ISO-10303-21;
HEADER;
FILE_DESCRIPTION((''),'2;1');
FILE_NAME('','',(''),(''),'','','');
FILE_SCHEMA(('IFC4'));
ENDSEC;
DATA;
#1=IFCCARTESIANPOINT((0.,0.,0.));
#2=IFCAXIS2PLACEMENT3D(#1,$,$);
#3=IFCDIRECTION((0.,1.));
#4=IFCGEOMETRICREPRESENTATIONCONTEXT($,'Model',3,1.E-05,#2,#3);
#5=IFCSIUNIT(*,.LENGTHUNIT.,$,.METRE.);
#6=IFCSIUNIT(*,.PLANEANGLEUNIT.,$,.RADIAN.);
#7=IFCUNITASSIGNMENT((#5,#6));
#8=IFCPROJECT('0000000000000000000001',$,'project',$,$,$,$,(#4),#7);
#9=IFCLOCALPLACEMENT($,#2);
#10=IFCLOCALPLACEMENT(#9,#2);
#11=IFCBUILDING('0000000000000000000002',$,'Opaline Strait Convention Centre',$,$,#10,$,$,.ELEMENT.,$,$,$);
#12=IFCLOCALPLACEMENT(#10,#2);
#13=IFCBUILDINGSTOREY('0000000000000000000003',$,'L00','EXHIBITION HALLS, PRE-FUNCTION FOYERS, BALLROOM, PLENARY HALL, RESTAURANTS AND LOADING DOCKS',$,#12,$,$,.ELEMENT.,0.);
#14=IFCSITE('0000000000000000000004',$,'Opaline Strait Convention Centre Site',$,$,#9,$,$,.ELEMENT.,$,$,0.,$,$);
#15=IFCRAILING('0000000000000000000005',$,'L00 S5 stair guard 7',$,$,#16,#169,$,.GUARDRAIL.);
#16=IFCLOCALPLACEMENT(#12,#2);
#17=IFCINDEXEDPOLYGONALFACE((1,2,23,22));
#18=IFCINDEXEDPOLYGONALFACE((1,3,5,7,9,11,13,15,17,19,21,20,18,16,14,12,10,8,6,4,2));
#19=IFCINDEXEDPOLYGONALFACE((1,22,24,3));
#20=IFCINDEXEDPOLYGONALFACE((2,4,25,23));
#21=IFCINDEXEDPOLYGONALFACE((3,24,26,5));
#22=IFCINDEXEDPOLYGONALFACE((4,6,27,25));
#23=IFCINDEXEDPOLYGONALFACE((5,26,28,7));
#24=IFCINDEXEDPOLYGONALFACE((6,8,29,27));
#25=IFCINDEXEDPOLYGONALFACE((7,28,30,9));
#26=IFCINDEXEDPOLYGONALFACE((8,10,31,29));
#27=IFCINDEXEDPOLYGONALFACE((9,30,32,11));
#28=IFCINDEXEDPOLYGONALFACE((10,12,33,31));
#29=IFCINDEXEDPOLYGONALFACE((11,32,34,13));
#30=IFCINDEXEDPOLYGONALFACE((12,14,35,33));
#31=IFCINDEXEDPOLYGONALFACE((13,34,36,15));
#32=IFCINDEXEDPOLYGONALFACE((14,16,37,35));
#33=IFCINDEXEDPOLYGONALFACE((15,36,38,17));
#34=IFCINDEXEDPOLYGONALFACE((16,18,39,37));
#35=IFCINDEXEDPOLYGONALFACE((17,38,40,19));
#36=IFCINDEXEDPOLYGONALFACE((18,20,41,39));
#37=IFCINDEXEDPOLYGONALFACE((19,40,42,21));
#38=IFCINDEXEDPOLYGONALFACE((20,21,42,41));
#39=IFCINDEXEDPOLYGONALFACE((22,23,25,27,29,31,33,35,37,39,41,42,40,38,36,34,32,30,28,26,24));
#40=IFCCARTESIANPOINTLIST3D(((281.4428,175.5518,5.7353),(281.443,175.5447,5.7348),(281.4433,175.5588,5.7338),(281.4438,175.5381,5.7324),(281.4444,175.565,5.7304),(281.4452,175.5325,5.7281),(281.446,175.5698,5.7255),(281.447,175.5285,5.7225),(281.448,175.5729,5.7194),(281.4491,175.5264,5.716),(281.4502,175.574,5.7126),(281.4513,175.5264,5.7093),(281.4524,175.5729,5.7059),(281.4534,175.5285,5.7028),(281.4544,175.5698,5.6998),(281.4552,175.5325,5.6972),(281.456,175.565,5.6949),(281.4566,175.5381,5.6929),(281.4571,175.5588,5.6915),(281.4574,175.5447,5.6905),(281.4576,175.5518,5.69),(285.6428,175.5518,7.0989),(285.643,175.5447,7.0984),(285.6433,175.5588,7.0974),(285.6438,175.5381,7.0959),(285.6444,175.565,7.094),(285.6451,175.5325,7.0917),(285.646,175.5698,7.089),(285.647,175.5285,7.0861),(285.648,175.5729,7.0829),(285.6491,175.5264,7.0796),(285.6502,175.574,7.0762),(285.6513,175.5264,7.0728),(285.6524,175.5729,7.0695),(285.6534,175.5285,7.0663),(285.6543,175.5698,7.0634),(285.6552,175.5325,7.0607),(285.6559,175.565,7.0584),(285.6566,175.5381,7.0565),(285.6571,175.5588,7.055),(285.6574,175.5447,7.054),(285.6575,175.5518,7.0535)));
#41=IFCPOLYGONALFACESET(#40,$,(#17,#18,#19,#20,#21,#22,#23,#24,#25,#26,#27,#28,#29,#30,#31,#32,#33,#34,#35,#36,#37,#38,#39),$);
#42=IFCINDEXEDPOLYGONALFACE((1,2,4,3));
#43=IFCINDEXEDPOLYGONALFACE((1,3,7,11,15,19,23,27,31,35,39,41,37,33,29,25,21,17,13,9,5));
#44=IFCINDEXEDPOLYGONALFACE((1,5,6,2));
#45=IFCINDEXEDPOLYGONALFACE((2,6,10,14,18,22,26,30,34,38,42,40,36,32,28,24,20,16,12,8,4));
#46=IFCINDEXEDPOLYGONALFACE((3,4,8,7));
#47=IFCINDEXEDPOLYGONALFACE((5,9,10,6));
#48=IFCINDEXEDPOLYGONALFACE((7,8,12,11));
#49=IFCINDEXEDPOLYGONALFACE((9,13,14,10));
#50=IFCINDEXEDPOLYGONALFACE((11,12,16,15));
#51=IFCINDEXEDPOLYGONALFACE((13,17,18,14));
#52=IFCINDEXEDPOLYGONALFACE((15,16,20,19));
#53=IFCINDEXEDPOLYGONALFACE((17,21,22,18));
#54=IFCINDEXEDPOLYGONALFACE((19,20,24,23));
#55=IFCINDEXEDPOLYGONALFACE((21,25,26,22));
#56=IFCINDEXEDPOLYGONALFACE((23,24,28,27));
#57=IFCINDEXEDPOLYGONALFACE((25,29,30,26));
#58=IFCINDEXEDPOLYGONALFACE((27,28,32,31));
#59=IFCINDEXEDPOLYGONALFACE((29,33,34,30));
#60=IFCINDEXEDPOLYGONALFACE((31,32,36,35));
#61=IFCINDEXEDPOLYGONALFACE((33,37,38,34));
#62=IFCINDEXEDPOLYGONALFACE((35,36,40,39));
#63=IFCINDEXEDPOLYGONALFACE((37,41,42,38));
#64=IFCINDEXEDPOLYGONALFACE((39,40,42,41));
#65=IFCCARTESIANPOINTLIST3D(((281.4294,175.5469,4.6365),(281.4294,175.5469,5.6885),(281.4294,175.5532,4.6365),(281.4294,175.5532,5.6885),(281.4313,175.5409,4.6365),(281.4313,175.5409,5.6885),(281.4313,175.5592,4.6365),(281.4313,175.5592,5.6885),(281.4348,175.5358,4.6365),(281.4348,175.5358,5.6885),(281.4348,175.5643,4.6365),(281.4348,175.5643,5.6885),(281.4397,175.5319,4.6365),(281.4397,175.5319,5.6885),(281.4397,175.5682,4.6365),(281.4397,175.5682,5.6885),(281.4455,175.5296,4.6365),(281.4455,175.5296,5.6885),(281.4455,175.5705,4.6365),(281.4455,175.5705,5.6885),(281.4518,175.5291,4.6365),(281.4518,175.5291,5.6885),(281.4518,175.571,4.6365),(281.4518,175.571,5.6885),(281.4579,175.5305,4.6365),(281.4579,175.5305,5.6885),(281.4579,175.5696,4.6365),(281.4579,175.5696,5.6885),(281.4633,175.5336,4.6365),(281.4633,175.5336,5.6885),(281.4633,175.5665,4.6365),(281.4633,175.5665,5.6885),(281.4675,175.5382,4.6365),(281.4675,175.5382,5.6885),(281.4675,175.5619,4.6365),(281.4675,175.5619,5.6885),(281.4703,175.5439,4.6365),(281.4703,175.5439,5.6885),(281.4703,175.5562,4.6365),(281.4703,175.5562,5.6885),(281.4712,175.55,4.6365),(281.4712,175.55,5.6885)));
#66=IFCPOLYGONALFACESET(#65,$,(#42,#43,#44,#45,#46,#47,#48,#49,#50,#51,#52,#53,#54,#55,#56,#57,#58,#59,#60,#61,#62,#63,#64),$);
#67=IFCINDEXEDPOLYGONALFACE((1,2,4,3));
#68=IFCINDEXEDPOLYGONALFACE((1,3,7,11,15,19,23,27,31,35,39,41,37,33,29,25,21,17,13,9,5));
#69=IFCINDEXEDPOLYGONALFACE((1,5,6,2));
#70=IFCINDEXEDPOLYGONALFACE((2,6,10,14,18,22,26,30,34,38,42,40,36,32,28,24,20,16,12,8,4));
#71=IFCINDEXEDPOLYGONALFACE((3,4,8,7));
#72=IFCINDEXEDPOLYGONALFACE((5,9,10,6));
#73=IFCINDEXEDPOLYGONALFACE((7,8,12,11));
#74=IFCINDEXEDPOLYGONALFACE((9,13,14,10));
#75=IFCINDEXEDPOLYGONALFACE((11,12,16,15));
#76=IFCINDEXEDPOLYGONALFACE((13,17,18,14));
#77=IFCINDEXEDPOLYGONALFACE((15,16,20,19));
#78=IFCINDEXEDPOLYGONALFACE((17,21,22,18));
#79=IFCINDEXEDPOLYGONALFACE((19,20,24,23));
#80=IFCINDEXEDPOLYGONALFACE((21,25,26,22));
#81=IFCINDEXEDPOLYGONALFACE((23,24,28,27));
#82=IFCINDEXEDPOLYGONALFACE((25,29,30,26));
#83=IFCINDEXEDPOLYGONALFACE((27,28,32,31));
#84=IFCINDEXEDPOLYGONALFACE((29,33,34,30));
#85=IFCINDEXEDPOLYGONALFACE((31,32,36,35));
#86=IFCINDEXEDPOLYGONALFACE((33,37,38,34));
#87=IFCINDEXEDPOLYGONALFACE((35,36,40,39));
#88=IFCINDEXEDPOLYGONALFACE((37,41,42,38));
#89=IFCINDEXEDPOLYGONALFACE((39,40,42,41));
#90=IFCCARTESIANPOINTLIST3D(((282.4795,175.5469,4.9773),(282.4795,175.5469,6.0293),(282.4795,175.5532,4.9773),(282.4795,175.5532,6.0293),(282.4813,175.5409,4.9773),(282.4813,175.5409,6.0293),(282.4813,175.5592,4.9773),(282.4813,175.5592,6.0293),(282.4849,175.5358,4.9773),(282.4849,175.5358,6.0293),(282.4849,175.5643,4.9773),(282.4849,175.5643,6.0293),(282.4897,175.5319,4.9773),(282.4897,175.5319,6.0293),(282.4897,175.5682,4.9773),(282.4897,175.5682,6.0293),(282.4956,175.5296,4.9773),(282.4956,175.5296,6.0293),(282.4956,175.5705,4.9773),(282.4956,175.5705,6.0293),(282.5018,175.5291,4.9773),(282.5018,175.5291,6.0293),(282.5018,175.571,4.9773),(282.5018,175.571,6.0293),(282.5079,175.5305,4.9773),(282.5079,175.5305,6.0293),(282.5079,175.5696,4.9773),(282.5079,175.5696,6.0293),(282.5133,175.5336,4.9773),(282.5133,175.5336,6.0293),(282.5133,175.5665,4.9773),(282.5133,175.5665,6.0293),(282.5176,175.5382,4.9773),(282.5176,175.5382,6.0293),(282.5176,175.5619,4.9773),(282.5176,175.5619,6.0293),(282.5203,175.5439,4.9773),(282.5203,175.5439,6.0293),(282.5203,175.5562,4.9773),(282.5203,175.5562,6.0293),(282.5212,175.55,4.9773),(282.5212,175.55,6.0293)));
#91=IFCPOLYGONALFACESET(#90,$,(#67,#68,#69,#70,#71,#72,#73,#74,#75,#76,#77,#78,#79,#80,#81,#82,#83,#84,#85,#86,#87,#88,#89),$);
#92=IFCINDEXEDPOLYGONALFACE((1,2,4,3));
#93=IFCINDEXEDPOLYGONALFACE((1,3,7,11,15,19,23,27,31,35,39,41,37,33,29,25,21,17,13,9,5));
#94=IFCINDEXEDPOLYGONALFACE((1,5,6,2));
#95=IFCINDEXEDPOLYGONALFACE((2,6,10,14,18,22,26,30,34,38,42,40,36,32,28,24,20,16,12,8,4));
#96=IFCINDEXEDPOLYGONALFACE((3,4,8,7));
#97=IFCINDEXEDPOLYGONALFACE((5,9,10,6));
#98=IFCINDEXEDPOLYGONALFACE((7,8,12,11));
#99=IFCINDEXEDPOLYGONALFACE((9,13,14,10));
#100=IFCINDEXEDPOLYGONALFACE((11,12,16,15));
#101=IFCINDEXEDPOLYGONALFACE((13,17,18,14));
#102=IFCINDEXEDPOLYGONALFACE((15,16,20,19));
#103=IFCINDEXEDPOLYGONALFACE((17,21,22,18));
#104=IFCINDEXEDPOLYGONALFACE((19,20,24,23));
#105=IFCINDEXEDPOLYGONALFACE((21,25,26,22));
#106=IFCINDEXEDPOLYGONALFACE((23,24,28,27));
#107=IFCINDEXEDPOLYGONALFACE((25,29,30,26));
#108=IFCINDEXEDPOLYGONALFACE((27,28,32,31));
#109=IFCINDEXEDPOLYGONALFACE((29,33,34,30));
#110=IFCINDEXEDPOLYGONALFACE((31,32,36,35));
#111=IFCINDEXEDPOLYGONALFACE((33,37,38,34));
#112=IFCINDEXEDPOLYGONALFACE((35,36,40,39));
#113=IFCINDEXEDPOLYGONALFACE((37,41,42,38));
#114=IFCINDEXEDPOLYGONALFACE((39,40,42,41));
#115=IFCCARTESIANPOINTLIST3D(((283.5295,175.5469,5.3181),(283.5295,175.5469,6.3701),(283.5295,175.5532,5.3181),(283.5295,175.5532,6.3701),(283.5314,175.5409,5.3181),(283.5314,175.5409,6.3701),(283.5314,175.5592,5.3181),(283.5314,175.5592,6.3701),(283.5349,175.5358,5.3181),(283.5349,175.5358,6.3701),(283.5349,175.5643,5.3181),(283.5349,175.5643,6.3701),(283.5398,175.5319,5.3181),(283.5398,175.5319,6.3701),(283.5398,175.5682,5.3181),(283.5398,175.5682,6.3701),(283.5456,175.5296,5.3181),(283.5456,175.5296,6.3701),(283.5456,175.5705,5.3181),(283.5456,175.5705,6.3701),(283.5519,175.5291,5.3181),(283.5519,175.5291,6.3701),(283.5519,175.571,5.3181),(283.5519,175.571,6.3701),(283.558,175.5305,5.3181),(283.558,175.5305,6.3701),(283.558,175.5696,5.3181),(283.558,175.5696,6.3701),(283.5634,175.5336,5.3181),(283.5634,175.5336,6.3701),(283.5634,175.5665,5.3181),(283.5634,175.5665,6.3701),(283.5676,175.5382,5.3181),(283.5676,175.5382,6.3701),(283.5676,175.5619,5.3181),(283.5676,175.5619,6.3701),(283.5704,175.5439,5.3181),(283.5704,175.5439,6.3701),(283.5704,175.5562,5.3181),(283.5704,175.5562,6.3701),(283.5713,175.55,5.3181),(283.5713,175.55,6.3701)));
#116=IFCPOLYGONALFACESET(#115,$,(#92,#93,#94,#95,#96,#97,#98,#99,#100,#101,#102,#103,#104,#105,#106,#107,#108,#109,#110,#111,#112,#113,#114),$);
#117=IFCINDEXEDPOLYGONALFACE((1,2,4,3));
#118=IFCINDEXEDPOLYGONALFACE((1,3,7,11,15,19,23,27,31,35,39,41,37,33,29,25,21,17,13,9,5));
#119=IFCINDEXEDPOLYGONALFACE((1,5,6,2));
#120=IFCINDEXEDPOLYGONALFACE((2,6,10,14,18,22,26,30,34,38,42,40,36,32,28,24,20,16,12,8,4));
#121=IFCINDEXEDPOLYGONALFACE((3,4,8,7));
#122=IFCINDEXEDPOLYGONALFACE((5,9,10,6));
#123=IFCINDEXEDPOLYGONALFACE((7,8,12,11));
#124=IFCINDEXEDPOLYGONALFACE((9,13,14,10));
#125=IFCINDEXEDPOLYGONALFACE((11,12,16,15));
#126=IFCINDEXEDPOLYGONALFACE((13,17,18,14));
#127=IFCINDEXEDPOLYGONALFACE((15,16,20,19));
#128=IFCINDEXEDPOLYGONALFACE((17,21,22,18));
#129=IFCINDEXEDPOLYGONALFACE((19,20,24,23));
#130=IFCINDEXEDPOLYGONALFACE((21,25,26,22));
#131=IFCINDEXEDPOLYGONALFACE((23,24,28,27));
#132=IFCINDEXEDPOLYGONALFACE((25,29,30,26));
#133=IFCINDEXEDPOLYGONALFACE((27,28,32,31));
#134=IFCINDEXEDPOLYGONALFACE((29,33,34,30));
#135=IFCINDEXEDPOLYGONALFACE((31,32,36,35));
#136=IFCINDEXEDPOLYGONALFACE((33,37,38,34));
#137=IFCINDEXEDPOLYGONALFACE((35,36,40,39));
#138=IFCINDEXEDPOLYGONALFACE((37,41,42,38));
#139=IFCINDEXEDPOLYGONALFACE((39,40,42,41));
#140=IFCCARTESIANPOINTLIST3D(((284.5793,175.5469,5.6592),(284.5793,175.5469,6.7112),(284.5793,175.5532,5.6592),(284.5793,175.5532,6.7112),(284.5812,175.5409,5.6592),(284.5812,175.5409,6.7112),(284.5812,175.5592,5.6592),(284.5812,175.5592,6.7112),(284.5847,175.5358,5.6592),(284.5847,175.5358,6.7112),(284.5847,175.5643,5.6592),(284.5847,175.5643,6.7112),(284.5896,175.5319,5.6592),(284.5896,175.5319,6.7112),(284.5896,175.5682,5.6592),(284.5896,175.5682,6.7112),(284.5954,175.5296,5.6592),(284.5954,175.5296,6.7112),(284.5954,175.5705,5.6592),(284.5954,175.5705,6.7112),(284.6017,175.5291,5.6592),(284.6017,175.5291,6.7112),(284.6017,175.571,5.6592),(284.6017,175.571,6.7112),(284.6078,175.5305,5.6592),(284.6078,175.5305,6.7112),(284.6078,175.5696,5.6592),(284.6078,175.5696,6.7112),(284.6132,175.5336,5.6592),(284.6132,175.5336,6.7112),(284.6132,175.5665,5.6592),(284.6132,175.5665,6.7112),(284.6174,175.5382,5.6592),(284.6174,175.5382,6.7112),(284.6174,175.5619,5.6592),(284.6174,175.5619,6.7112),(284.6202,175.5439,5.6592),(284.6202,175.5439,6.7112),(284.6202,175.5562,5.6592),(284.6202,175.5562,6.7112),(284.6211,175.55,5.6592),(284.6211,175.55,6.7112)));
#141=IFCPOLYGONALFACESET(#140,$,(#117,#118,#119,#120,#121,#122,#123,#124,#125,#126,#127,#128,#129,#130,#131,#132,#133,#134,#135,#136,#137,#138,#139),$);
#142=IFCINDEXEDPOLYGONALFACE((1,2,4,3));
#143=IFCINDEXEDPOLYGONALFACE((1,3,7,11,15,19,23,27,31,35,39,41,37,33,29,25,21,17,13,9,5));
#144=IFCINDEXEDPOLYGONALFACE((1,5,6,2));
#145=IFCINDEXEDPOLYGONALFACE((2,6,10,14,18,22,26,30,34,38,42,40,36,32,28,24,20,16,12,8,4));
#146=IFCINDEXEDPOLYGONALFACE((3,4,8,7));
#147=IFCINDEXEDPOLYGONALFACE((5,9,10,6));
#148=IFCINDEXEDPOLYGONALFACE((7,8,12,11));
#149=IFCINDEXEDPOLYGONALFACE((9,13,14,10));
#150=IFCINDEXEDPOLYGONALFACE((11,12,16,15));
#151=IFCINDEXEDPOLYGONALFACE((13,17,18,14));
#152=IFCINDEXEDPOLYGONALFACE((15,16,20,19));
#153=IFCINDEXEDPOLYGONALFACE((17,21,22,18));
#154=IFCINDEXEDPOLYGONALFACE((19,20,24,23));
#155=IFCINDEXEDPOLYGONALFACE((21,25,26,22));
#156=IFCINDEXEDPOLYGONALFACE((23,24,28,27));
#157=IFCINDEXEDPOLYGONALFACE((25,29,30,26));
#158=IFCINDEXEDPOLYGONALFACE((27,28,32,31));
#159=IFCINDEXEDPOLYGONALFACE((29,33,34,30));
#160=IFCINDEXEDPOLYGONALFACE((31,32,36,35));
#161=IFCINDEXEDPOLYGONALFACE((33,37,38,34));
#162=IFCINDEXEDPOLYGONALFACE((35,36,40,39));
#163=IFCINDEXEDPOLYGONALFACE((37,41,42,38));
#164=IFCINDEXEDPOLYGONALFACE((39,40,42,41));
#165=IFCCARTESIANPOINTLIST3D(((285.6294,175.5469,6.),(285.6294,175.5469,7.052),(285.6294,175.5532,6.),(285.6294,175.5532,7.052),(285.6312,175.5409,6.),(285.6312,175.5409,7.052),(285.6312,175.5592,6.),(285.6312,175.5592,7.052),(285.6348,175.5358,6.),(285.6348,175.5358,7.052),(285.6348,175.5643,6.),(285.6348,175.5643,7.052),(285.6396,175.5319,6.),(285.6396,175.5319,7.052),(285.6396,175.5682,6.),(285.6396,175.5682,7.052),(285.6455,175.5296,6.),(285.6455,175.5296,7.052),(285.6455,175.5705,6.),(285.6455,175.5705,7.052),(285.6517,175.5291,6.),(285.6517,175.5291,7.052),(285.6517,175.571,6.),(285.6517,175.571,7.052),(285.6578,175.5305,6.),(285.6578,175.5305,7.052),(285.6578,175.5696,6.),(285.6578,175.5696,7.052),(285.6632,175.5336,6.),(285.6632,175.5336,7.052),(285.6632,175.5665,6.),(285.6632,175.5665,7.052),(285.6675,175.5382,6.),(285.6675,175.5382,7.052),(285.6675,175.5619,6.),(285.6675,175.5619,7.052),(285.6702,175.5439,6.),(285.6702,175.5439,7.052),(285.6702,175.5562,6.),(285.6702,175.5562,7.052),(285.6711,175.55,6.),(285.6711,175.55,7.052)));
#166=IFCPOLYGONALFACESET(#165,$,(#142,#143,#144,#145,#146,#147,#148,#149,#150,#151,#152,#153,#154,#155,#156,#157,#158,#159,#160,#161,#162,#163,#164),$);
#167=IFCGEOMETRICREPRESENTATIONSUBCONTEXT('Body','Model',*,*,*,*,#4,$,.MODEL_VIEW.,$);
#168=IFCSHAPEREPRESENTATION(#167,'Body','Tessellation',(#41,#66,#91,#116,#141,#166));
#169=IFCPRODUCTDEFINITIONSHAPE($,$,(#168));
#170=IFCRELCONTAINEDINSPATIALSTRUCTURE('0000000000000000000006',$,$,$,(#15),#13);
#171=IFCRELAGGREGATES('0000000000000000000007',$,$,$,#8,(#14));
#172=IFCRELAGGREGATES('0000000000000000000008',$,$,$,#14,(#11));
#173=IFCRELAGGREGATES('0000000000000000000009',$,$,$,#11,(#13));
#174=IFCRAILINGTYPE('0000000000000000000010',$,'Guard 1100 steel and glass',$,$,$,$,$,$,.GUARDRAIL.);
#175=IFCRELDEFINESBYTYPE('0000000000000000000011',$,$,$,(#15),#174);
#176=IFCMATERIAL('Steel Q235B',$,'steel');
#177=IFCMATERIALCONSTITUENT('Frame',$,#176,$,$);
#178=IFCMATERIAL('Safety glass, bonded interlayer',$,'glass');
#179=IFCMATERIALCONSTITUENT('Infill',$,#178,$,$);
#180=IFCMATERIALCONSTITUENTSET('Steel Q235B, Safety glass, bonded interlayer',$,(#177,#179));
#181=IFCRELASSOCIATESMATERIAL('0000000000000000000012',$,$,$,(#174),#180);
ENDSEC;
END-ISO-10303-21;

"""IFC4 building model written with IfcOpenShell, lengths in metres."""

from ifc_helpers import new_model, si_unit, direction, frame, origin, origin_2d, place, context, subcontext, project, spatial, circle, extrude, material, constituent, constituent_set, type_object, element, save


model = new_model("IFC4")

# Units and contexts
model_context = context("Model", 3, precision=1e-05, world=origin(), true_north=direction((0.0, 1.0)))
body_context = subcontext(model_context, "Body", "Model", "MODEL_VIEW")
ifc_project = project(units=[si_unit("LENGTHUNIT", "METRE"), si_unit("PLANEANGLEUNIT", "RADIAN")], contexts=[model_context])

# Site, building, storey
site_placement = place(None, origin())
site = spatial("IfcSite", under=ifc_project, at=site_placement, Name="Opaline Strait Convention Centre Site", CompositionType="ELEMENT", RefElevation=0.0)
building_placement = place(site_placement, origin())
building = spatial("IfcBuilding", under=site, at=building_placement, Name="Opaline Strait Convention Centre", CompositionType="ELEMENT")
storey_placement = place(building_placement, origin())
storey = spatial("IfcBuildingStorey", under=building, at=storey_placement, Name="L00", Description="EXHIBITION HALLS, PRE-FUNCTION FOYERS, BALLROOM, PLENARY HALL, RESTAURANTS AND LOADING DOCKS", CompositionType="ELEMENT", Elevation=0.0)

# Railing
ifc_material_1 = material(Name="Steel Q235B", Category="steel")
ifc_constituent_1 = constituent(ifc_material_1, Name="Frame")
ifc_material_2 = material(Name="Safety glass, bonded interlayer", Category="glass")
ifc_constituent_2 = constituent(ifc_material_2, Name="Infill")
ifc_constituent_set = constituent_set(constituents=[ifc_constituent_1, ifc_constituent_2], Name="Steel Q235B, Safety glass, bonded interlayer")
railing_type_1 = type_object("IfcRailingType", Name="Guard 1100 steel and glass", PredefinedType="GUARDRAIL", material=ifc_constituent_set)
railing_1_placement = place(storey_placement, frame((281.4502, 175.55, 4.6365)))
element("IfcRailing", 1, at=railing_1_placement, inside=storey, type_object=railing_type_1, Name="L00 S5 stair guard 7", PredefinedType="GUARDRAIL", context=body_context, shape_type="SweptSolid", body=[
    extrude(circle(Radius=0.0239, at=origin_2d()), frame((0.0, 0.0, 1.0762), z_axis=(0.951131, 0.0, 0.308787), x_axis=(0.0, 1.0, 0.0)), (0.0, 0.0, 1.0), 4.4158),
    extrude(circle(Radius=0.021, at=origin_2d()), origin(), (0.0, 0.0, 1.0), 1.052),
    extrude(circle(Radius=0.021, at=origin_2d()), frame((1.05, 0.0, 0.3408)), (0.0, 0.0, 1.0), 1.052),
    extrude(circle(Radius=0.021, at=origin_2d()), frame((2.1001, 0.0, 0.6816)), (0.0, 0.0, 1.0), 1.052),
    extrude(circle(Radius=0.021, at=origin_2d()), frame((3.1499, 0.0, 1.0227)), (0.0, 0.0, 1.0), 1.052),
    extrude(circle(Radius=0.021, at=origin_2d()), frame((4.2, 0.0, 1.3635)), (0.0, 0.0, 1.0), 1.052),
])

save(model, "model.ifc")
